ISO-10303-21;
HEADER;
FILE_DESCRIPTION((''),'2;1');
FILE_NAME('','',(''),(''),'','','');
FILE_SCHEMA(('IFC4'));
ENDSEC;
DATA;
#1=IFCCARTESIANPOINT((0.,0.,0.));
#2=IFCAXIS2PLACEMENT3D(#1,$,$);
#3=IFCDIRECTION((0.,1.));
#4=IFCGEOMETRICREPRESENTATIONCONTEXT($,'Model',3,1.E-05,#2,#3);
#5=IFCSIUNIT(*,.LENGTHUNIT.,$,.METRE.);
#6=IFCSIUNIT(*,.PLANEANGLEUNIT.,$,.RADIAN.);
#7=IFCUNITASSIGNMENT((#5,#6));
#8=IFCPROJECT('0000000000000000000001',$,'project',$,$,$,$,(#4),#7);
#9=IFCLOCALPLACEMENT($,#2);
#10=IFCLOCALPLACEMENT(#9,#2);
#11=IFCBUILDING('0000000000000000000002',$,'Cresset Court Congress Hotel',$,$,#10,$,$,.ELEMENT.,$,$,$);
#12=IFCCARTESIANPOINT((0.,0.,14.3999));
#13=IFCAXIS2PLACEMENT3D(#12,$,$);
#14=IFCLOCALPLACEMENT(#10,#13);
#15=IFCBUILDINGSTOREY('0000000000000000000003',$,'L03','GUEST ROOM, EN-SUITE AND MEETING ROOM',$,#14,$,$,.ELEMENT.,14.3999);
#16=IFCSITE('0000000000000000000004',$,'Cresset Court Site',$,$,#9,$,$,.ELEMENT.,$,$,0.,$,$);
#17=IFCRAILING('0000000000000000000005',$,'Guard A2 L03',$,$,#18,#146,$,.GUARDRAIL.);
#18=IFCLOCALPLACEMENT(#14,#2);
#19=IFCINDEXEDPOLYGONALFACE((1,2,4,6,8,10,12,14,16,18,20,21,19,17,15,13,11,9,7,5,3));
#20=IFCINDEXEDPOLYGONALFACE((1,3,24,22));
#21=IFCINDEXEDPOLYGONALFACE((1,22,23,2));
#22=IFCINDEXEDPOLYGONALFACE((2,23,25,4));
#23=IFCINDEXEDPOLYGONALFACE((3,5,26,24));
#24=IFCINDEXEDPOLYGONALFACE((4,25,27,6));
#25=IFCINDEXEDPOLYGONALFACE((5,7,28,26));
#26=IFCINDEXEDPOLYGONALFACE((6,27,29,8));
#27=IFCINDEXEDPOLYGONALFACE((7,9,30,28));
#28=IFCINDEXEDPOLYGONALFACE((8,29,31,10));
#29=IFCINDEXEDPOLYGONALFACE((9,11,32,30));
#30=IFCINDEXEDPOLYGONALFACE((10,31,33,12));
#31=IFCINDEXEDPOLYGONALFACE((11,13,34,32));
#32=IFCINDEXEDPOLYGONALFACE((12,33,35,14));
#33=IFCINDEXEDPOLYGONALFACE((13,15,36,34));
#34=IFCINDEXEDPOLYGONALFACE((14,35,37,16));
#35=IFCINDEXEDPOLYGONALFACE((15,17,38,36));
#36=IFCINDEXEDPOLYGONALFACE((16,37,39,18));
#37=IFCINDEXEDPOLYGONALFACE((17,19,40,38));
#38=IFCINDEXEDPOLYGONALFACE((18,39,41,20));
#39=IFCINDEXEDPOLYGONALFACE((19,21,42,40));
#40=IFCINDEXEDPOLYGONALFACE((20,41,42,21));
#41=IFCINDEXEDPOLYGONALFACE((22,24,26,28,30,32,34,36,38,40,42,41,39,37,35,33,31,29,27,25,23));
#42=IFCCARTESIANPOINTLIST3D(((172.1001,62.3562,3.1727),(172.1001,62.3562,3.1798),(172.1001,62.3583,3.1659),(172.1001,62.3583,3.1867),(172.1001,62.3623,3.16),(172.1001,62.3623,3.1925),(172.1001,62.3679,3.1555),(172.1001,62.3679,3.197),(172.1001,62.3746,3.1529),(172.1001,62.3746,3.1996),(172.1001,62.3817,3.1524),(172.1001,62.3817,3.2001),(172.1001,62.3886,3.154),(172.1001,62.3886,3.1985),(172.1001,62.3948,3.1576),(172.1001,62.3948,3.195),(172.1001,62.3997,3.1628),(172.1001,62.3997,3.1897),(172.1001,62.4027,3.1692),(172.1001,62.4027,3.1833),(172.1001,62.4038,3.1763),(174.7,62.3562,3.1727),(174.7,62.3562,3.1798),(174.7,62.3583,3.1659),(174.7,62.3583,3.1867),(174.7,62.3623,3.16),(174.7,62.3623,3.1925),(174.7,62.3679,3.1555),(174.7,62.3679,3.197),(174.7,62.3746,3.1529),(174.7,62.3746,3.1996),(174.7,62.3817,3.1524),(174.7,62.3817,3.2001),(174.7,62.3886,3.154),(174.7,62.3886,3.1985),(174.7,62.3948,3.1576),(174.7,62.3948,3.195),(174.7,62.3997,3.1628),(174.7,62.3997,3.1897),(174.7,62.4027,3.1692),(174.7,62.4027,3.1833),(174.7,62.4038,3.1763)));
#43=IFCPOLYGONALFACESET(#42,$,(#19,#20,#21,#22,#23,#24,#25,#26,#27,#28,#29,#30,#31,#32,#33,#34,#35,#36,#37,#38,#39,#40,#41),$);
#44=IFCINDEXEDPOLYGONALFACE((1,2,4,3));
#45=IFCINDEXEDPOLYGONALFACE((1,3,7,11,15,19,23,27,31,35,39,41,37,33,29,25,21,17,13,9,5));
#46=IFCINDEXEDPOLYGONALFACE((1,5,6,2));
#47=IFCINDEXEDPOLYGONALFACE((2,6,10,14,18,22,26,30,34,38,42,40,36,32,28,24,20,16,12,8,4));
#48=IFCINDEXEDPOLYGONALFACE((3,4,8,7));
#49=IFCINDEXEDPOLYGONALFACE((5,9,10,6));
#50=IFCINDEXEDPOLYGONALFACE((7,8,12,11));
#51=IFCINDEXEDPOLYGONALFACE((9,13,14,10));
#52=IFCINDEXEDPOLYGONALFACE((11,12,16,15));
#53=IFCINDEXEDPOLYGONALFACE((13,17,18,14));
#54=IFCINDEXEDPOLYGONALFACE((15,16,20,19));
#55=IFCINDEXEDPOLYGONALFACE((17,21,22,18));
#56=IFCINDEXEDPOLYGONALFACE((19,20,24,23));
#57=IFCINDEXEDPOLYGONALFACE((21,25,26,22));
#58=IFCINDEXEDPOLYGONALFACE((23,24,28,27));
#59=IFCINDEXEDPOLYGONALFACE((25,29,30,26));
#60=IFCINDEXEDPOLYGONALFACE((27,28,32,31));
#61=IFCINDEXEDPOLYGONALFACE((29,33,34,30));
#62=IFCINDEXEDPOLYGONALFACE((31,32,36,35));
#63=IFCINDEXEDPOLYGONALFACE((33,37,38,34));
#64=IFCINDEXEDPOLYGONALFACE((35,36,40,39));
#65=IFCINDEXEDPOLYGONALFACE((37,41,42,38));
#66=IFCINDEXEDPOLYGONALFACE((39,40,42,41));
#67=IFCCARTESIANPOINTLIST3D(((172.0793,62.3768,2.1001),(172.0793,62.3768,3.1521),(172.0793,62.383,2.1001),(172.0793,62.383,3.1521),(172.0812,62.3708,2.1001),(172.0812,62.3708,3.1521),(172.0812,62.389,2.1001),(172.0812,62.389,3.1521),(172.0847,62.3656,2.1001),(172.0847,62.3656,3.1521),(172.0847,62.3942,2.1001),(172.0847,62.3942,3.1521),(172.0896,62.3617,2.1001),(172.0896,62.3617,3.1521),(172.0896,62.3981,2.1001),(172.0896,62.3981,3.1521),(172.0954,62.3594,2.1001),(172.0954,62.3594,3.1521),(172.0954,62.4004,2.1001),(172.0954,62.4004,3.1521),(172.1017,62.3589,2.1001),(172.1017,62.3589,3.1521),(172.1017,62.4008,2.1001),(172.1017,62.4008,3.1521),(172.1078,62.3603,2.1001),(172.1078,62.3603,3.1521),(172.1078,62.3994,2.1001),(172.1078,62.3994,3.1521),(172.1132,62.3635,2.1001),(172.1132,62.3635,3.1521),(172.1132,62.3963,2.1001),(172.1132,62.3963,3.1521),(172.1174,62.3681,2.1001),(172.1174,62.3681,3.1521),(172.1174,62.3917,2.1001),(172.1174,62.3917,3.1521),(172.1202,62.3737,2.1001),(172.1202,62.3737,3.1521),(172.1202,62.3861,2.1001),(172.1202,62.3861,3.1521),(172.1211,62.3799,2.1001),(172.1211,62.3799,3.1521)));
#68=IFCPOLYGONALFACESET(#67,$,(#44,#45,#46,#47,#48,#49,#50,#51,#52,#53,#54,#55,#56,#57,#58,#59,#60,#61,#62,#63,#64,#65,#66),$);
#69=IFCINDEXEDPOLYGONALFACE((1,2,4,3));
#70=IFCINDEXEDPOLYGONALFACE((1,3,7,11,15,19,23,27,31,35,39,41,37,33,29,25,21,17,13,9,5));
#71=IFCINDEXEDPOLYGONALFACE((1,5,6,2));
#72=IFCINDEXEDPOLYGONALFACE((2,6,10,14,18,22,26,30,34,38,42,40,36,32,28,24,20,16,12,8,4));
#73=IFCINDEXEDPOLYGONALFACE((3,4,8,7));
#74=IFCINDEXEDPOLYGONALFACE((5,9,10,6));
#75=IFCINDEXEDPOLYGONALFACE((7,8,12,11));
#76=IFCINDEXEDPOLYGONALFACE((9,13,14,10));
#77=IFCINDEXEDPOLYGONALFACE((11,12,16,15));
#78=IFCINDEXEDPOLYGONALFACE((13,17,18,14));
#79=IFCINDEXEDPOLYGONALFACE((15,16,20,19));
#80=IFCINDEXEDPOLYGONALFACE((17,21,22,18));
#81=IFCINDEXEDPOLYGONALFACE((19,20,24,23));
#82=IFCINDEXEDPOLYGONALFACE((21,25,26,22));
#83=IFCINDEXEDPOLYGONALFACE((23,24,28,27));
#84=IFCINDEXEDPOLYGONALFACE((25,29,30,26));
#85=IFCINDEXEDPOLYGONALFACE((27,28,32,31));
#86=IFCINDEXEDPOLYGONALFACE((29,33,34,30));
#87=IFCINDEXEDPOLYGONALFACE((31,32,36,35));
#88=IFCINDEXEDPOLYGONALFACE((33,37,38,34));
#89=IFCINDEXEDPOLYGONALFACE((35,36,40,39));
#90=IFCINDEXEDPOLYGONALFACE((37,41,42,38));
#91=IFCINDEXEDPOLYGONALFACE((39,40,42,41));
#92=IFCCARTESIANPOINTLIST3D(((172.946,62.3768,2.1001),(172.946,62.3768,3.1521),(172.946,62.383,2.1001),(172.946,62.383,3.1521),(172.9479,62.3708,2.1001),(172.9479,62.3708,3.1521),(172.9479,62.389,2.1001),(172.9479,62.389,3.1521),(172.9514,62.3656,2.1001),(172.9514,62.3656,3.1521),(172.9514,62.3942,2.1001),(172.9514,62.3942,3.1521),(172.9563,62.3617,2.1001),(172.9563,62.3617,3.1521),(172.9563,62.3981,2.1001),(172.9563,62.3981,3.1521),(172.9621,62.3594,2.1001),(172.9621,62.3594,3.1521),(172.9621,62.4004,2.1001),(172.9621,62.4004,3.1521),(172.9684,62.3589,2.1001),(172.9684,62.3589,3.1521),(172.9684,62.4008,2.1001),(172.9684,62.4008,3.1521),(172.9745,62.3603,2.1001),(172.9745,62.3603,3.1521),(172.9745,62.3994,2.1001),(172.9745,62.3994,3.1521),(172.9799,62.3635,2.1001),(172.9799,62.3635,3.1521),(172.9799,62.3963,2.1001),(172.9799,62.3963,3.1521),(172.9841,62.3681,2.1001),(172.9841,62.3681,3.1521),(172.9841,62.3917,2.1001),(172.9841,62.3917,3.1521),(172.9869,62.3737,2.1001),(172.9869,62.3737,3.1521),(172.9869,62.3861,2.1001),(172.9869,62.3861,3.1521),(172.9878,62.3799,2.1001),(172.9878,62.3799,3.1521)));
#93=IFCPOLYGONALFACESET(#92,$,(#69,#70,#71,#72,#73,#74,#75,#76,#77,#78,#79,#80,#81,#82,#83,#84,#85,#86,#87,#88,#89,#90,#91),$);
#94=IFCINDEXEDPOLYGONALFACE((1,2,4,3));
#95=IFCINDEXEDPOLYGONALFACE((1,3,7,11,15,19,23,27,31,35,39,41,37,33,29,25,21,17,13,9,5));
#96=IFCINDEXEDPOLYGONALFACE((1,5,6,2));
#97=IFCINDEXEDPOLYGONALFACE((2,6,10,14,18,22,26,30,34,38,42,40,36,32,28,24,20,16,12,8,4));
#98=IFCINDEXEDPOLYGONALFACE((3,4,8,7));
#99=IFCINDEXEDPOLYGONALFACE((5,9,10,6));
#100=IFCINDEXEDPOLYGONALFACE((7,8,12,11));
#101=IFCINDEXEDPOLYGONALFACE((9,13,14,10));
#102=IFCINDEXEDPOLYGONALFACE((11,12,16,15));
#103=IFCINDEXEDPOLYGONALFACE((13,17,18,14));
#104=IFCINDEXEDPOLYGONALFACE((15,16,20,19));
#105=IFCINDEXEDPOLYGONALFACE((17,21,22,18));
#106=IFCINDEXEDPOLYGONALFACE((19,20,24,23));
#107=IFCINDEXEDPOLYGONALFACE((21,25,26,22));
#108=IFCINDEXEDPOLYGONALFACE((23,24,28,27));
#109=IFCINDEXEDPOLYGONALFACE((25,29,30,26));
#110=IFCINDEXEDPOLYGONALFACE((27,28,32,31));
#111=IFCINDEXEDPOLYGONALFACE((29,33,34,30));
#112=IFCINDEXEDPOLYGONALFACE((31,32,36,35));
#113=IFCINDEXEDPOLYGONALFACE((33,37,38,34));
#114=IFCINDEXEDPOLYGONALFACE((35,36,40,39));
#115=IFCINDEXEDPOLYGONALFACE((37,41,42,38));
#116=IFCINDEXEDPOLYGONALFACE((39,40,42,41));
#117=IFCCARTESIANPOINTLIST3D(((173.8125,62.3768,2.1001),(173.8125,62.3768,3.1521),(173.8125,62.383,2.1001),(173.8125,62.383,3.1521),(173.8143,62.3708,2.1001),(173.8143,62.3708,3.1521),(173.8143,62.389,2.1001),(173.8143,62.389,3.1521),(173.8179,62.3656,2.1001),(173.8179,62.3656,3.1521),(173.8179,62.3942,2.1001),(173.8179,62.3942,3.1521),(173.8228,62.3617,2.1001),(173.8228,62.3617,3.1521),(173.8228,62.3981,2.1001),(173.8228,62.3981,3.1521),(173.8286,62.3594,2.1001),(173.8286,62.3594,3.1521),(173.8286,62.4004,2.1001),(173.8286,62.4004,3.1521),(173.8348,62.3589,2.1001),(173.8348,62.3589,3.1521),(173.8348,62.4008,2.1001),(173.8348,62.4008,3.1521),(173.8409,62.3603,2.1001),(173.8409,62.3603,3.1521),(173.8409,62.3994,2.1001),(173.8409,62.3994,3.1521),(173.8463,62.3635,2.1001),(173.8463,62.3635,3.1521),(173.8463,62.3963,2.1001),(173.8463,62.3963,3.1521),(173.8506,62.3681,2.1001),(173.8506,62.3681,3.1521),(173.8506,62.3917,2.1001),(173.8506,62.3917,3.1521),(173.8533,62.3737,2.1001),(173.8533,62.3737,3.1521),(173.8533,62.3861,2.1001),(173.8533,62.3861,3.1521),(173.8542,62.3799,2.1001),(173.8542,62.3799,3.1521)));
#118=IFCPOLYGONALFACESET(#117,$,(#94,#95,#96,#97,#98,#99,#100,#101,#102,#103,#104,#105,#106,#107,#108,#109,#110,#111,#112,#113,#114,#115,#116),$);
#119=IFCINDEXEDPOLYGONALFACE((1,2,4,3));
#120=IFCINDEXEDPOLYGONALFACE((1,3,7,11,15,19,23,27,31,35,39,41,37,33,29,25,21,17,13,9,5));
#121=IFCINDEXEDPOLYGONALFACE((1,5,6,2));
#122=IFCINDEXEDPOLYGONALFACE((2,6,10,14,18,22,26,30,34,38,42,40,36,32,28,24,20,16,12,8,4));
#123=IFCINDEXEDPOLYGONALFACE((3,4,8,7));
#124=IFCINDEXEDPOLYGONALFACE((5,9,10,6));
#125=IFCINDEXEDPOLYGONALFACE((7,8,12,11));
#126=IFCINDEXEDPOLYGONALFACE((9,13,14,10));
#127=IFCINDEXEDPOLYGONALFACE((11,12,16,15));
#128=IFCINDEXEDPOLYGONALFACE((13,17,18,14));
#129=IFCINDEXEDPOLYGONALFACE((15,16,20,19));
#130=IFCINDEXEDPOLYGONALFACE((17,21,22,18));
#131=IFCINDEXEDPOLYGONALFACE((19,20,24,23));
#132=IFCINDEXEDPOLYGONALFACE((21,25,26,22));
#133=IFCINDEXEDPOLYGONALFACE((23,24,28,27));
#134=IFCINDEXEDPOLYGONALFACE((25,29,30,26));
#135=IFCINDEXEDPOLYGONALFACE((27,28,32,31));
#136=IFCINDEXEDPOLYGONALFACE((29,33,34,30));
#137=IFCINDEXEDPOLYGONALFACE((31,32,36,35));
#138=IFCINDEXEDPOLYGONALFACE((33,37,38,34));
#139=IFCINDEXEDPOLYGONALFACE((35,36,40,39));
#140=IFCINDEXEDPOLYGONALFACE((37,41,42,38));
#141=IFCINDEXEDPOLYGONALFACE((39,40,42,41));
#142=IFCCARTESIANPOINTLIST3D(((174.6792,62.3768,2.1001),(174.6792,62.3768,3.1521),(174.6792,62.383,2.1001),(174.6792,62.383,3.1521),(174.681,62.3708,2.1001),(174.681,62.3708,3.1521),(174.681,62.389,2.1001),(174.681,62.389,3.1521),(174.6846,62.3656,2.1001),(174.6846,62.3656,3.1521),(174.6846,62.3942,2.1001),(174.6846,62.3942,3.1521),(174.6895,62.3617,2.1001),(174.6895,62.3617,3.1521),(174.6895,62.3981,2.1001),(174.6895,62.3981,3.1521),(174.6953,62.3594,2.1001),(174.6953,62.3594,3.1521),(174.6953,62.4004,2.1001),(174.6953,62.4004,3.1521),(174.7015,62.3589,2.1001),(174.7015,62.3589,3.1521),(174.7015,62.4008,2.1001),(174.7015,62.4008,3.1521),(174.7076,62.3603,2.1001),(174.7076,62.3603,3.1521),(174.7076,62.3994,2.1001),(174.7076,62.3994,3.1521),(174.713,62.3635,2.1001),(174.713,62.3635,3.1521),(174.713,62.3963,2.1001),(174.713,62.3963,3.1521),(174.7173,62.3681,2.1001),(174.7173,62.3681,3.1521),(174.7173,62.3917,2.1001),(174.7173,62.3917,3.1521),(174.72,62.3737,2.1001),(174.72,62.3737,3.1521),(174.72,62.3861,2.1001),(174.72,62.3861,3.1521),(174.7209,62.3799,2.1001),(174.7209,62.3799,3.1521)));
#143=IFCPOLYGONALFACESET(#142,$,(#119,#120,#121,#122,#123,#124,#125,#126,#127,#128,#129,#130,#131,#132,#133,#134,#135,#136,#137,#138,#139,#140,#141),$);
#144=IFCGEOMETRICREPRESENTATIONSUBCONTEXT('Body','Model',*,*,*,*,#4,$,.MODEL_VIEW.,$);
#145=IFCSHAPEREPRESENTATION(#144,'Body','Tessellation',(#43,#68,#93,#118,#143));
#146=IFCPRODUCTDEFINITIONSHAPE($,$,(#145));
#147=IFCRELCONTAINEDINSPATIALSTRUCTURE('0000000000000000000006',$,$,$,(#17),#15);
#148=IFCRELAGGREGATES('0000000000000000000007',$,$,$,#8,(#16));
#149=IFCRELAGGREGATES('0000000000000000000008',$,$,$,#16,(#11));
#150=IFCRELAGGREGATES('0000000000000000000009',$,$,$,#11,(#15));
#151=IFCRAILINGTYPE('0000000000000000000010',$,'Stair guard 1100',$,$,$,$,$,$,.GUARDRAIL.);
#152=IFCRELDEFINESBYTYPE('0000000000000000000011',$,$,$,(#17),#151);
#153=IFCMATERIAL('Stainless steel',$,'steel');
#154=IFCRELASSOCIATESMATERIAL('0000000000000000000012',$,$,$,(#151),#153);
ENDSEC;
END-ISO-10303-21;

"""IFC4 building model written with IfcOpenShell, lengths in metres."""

from ifc_helpers import new_model, si_unit, direction, frame, origin, origin_2d, place, context, subcontext, project, spatial, circle, extrude, material, type_object, element, save


model = new_model("IFC4")

# Units and contexts
model_context = context("Model", 3, precision=1e-05, world=origin(), true_north=direction((0.0, 1.0)))
body_context = subcontext(model_context, "Body", "Model", "MODEL_VIEW")
ifc_project = project(units=[si_unit("LENGTHUNIT", "METRE"), si_unit("PLANEANGLEUNIT", "RADIAN")], contexts=[model_context])

# Site, building, storey
site_placement = place(None, origin())
site = spatial("IfcSite", under=ifc_project, at=site_placement, Name="Cresset Court Site", CompositionType="ELEMENT", RefElevation=0.0)
building_placement = place(site_placement, origin())
building = spatial("IfcBuilding", under=site, at=building_placement, Name="Cresset Court Congress Hotel", CompositionType="ELEMENT")
storey_placement = place(building_placement, frame((0.0, 0.0, 14.3999)))
storey = spatial("IfcBuildingStorey", under=building, at=storey_placement, Name="L03", Description="GUEST ROOM, EN-SUITE AND MEETING ROOM", CompositionType="ELEMENT", Elevation=14.3999)

# Railing
ifc_material_1 = material(Name="Stainless steel", Category="steel")
railing_type_1 = type_object("IfcRailingType", Name="Stair guard 1100", PredefinedType="GUARDRAIL", material=ifc_material_1)
railing_1_placement = place(storey_placement, frame((172.1001, 62.3799, 2.1001)))
element("IfcRailing", 1, at=railing_1_placement, inside=storey, type_object=railing_type_1, Name="Guard A2 L03", PredefinedType="GUARDRAIL", context=body_context, shape_type="SweptSolid", body=[
    extrude(circle(Radius=0.0239, at=origin_2d()), frame((0.0, 0.0, 1.0762), z_axis=(1.0, 0.0, 0.0), x_axis=(0.0, 1.0, 0.0)), (0.0, 0.0, 1.0), 2.5999),
    extrude(circle(Radius=0.021, at=origin_2d()), origin(), (0.0, 0.0, 1.0), 1.052),
    extrude(circle(Radius=0.021, at=origin_2d()), frame((0.8667, 0.0, 0.0)), (0.0, 0.0, 1.0), 1.052),
    extrude(circle(Radius=0.021, at=origin_2d()), frame((1.7332, 0.0, 0.0)), (0.0, 0.0, 1.0), 1.052),
    extrude(circle(Radius=0.021, at=origin_2d()), frame((2.5999, 0.0, 0.0)), (0.0, 0.0, 1.0), 1.052),
])

save(model, "model.ifc")
